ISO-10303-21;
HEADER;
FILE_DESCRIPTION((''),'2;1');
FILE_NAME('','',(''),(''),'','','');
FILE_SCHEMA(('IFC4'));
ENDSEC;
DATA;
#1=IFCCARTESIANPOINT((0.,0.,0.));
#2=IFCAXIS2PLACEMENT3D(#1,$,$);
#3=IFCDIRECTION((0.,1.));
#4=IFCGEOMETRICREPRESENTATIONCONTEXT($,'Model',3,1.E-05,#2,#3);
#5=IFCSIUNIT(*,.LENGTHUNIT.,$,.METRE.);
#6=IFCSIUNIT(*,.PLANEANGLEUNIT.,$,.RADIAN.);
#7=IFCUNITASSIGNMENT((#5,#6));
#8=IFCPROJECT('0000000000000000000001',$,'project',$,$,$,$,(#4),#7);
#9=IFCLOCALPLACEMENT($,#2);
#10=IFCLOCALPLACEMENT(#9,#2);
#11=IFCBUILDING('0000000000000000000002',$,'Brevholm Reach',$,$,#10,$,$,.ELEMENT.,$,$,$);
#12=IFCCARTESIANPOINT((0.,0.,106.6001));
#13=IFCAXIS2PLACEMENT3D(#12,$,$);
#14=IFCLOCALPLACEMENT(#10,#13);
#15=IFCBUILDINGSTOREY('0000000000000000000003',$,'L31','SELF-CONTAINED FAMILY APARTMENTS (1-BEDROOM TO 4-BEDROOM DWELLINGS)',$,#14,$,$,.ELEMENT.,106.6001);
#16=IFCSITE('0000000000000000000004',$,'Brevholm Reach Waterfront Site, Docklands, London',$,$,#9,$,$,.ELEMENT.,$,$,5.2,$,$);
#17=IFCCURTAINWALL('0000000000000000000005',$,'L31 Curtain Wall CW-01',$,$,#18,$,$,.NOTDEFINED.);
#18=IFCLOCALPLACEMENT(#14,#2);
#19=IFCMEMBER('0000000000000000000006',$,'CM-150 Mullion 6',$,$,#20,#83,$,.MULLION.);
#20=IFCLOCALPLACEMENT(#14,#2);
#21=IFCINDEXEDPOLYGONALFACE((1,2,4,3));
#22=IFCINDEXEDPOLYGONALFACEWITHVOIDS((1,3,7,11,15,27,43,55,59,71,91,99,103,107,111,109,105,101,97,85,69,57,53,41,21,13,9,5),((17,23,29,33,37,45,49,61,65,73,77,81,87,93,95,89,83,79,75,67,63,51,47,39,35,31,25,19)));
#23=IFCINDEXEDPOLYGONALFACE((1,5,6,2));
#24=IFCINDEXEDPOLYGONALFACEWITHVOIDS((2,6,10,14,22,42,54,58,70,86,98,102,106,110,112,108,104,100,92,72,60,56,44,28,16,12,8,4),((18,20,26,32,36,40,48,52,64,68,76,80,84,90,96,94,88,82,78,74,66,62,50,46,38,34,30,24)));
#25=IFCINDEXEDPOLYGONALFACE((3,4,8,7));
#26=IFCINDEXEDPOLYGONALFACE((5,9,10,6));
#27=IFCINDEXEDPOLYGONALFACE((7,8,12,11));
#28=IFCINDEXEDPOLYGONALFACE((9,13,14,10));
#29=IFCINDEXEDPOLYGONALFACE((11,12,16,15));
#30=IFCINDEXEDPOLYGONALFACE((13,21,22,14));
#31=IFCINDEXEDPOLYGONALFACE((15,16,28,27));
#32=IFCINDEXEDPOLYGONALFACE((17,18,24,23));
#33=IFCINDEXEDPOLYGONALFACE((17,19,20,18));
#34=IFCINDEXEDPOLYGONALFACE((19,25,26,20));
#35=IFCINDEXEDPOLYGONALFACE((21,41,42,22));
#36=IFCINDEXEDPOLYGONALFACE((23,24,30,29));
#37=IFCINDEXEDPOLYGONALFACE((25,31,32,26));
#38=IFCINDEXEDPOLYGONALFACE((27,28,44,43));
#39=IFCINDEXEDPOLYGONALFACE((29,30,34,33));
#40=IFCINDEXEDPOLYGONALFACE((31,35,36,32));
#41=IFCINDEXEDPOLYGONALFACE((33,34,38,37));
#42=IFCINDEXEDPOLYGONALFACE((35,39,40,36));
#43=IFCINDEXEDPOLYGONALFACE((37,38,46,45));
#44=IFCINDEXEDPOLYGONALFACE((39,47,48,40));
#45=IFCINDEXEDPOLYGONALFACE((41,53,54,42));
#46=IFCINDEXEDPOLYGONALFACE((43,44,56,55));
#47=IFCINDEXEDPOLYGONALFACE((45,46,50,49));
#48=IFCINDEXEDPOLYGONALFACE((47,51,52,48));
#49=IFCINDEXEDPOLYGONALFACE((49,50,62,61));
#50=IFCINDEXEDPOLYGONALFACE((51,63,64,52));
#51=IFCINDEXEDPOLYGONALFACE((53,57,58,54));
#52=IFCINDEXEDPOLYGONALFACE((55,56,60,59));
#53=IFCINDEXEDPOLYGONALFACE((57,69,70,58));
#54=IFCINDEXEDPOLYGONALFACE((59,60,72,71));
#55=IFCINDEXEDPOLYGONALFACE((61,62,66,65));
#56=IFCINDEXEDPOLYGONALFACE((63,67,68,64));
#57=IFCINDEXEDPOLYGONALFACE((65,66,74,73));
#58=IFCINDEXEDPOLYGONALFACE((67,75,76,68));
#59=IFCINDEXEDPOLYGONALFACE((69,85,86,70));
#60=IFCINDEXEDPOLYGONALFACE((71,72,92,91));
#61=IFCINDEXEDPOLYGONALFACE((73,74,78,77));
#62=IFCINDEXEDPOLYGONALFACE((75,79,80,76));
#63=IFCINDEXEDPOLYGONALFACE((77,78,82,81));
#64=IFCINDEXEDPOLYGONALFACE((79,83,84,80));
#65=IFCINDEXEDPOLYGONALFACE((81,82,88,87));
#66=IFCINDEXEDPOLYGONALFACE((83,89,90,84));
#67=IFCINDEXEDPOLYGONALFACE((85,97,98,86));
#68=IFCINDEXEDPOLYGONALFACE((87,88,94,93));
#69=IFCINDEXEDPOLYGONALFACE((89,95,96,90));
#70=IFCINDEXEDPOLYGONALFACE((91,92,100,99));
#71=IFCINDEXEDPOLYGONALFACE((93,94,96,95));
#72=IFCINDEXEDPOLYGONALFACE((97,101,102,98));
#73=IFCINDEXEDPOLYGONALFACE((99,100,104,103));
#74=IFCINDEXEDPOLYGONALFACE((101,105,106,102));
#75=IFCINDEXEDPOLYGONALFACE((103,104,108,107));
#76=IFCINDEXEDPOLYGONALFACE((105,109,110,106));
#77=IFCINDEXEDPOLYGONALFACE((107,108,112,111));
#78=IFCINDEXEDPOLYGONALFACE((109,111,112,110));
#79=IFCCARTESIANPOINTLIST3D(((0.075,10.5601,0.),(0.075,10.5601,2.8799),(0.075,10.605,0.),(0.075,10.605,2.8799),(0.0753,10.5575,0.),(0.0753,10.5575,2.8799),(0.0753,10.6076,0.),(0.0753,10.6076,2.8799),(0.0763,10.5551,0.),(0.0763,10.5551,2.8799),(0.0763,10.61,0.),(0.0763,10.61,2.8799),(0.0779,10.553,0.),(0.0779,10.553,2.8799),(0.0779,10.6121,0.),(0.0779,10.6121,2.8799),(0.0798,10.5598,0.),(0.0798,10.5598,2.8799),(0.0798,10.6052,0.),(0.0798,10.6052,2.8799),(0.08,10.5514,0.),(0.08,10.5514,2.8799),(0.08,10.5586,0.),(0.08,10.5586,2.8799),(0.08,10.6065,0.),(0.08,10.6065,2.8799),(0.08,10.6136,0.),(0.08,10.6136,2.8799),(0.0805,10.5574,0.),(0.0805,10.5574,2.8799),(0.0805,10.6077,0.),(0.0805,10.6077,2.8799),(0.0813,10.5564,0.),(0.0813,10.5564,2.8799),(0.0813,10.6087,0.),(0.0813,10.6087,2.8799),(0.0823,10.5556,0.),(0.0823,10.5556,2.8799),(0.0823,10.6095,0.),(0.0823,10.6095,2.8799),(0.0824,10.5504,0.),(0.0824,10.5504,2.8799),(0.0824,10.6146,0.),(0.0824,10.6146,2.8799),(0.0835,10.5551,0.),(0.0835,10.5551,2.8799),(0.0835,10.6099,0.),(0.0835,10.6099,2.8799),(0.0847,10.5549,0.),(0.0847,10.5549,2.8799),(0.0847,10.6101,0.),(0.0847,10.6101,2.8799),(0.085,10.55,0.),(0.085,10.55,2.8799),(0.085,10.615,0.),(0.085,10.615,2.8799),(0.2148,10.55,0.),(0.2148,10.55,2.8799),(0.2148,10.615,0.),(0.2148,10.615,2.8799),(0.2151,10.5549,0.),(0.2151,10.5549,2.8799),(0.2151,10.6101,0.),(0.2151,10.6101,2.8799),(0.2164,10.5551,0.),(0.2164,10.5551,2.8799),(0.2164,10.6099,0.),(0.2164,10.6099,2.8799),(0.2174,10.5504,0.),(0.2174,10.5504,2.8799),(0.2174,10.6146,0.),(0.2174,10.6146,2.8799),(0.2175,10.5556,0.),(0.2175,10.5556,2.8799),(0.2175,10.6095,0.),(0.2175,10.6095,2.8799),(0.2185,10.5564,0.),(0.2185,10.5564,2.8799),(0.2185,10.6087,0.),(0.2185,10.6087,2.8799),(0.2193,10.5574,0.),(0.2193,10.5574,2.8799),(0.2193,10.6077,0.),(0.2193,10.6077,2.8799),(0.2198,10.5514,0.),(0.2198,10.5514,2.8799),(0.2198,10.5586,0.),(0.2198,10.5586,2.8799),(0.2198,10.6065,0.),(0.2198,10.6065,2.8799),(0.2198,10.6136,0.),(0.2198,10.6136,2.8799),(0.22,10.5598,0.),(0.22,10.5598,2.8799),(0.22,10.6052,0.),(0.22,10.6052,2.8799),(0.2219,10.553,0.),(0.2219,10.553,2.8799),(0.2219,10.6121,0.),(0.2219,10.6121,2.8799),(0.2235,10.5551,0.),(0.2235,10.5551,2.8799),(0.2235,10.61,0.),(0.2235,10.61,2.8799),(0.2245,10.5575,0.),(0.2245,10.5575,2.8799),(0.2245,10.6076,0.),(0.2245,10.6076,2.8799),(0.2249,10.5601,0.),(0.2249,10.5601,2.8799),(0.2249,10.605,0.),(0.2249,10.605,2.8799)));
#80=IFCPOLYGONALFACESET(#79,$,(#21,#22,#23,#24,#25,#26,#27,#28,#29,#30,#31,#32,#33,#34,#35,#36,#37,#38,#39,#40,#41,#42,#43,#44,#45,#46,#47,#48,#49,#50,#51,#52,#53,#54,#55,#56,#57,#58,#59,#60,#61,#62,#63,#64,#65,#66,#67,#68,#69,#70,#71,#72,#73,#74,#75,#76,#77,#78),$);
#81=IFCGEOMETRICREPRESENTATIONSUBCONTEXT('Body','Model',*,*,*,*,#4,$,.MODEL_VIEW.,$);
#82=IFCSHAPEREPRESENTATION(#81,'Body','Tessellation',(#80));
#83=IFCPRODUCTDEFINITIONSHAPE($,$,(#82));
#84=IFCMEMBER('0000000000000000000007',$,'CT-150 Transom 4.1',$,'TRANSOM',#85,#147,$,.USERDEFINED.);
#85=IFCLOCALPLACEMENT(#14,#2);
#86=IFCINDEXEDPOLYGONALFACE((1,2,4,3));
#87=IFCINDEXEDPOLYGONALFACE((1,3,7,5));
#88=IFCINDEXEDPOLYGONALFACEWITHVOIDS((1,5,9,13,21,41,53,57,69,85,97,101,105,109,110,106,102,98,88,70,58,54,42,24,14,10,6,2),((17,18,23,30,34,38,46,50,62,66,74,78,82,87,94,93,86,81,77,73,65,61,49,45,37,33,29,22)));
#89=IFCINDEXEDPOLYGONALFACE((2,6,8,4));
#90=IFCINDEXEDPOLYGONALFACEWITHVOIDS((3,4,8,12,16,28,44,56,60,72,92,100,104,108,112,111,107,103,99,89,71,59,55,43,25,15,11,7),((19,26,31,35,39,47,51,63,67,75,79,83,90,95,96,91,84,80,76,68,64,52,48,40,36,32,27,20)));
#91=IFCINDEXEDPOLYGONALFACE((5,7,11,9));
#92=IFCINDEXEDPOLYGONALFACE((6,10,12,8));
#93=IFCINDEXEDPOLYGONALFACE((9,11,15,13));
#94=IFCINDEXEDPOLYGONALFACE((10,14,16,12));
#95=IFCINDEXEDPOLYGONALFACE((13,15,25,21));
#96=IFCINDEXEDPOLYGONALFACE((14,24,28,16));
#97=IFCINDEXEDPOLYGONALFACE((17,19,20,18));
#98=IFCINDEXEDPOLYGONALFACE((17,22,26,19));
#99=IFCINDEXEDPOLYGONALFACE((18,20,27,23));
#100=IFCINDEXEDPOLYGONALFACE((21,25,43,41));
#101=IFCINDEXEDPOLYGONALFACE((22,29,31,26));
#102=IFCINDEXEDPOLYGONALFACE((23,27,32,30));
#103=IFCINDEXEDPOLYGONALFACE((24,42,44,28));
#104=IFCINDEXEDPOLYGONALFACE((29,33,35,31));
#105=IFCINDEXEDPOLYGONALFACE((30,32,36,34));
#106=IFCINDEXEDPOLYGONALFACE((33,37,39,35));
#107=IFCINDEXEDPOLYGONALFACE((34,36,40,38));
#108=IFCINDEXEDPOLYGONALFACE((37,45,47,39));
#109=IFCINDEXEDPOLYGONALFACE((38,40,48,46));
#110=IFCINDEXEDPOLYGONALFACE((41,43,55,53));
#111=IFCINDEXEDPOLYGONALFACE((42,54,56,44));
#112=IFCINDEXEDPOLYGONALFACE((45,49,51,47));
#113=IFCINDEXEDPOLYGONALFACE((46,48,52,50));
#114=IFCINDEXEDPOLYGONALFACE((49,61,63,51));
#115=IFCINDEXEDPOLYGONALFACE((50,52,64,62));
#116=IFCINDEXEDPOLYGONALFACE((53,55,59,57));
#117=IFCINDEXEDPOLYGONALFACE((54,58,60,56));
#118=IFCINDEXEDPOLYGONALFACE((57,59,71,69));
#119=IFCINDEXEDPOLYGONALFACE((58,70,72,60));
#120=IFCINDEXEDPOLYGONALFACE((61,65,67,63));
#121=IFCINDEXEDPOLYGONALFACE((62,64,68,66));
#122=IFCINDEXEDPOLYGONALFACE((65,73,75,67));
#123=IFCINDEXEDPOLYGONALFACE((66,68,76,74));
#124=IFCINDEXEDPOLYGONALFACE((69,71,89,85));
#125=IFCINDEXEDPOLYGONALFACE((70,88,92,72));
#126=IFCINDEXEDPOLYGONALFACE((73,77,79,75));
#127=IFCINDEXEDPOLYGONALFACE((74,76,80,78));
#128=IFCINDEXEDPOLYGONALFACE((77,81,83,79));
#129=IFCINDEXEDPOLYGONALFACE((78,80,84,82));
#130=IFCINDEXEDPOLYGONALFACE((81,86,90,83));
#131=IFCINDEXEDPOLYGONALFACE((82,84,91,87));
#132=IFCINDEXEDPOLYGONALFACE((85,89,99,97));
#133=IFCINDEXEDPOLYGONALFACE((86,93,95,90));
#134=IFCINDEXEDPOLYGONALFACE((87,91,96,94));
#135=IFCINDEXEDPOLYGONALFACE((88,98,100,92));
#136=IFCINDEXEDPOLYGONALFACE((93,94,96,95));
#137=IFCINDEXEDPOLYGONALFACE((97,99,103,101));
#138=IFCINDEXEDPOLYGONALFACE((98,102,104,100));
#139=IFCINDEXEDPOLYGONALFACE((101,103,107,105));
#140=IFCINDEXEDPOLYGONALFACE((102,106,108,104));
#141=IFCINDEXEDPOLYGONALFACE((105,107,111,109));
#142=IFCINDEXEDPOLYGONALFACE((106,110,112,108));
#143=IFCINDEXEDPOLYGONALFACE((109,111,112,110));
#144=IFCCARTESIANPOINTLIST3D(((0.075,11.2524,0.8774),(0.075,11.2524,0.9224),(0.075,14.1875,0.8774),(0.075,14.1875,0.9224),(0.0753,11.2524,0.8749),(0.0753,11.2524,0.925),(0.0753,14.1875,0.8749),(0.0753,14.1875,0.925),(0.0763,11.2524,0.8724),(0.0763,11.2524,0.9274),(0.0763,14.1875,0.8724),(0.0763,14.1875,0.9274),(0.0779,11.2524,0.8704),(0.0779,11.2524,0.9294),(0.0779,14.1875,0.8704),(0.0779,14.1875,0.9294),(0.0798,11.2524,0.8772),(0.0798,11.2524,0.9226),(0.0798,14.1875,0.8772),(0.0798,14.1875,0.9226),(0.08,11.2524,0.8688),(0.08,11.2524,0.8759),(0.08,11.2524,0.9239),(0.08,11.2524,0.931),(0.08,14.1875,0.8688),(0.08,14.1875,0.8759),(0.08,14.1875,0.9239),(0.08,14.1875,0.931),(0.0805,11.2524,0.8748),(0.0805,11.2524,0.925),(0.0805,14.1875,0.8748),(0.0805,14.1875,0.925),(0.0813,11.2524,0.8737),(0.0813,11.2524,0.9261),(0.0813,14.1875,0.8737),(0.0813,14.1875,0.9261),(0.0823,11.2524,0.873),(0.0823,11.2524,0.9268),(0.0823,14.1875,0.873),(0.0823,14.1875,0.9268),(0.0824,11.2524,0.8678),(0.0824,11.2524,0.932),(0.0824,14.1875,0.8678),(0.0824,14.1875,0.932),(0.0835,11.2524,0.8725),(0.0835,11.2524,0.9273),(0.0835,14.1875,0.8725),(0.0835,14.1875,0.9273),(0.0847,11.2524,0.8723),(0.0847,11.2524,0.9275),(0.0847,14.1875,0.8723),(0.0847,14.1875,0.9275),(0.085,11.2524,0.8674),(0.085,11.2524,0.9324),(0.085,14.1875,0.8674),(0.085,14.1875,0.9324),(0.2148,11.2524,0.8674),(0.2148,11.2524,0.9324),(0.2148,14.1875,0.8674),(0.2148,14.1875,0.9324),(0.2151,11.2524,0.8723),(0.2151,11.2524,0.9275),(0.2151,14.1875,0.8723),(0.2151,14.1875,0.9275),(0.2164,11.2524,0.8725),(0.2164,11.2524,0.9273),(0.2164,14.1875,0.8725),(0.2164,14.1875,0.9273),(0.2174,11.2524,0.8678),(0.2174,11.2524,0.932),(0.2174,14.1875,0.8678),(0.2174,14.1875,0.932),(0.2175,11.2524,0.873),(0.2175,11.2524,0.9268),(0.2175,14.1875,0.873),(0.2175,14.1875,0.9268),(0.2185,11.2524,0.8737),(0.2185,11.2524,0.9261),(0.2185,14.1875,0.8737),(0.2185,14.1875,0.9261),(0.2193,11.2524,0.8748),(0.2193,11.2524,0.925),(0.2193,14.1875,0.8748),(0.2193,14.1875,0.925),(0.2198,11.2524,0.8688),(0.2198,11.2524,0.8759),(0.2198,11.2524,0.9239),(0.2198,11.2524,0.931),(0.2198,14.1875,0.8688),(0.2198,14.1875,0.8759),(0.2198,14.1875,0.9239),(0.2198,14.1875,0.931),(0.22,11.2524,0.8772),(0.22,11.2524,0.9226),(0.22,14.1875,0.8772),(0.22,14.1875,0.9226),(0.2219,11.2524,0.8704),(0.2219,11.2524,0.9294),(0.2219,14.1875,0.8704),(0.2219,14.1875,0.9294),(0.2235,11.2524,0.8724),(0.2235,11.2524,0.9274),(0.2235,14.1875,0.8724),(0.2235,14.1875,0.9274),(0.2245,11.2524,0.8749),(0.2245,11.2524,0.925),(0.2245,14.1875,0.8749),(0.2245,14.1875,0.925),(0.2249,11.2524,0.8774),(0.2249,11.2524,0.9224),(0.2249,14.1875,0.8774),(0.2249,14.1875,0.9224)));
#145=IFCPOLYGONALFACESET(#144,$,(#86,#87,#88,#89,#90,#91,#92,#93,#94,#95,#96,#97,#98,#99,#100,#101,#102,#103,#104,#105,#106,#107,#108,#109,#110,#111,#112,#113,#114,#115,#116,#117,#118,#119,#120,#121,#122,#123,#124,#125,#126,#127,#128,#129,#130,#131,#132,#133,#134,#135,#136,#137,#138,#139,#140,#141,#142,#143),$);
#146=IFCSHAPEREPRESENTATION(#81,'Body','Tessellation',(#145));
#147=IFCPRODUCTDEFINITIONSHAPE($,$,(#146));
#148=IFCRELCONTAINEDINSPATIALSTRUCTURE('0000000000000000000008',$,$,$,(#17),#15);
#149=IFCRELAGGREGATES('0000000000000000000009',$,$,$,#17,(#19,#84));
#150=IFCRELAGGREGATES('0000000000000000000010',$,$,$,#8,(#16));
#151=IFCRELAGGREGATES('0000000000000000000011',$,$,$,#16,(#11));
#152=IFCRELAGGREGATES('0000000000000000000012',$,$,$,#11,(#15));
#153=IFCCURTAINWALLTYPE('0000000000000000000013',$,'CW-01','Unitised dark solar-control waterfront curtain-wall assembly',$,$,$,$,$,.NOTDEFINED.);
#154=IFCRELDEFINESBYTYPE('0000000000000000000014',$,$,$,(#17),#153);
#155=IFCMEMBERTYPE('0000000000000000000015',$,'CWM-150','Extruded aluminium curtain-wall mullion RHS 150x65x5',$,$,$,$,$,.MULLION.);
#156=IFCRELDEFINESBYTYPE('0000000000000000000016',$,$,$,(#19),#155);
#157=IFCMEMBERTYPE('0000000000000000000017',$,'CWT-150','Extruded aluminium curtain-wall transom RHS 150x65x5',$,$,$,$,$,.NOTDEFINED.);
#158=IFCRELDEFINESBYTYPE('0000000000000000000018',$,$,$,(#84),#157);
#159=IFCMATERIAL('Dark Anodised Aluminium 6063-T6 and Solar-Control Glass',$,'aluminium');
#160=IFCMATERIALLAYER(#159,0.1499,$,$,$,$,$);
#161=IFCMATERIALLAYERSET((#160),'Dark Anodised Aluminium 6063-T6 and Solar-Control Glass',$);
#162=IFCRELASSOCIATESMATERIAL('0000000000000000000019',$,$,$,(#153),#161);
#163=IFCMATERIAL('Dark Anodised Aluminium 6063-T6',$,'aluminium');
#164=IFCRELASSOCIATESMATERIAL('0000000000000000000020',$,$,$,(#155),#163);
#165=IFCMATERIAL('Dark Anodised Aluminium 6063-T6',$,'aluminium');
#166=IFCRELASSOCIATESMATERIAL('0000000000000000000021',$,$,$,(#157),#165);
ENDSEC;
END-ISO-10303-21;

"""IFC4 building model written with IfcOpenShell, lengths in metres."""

from ifc_helpers import new_model, si_unit, direction, frame, origin, origin_2d, place, context, subcontext, project, spatial, hollow_rectangle, extrude, material, layer, layer_set, material_profile, profile_set, type_object, element, aggregate, save


model = new_model("IFC4")

# Units and contexts
model_context = context("Model", 3, precision=1e-05, world=origin(), true_north=direction((0.0, 1.0)))
body_context = subcontext(model_context, "Body", "Model", "MODEL_VIEW")
ifc_project = project(units=[si_unit("LENGTHUNIT", "METRE"), si_unit("PLANEANGLEUNIT", "RADIAN")], contexts=[model_context])

# Site, building, storey
site_placement = place(None, origin())
site = spatial("IfcSite", under=ifc_project, at=site_placement, Name="Brevholm Reach Waterfront Site, Docklands, London", CompositionType="ELEMENT", RefElevation=5.2)
building_placement = place(site_placement, origin())
building = spatial("IfcBuilding", under=site, at=building_placement, Name="Brevholm Reach", CompositionType="ELEMENT")
storey_placement = place(building_placement, frame((0.0, 0.0, 106.6001)))
storey = spatial("IfcBuildingStorey", under=building, at=storey_placement, Name="L31", Description="SELF-CONTAINED FAMILY APARTMENTS (1-BEDROOM TO 4-BEDROOM DWELLINGS)", CompositionType="ELEMENT", Elevation=106.6001)

# Curtain wall, members
ifc_material_1 = material(Name="Dark Anodised Aluminium 6063-T6 and Solar-Control Glass", Category="aluminium")
ifc_layer_1 = layer(ifc_material_1, 0.1499)
ifc_layer_set_1 = layer_set([ifc_layer_1], Name="Dark Anodised Aluminium 6063-T6 and Solar-Control Glass")
curtain_wall_type = type_object("IfcCurtainWallType", Name="CW-01", Description="Unitised dark solar-control waterfront curtain-wall assembly", PredefinedType="NOTDEFINED", material=ifc_layer_set_1)
curtain_wall_placement = place(storey_placement, origin())
curtain_wall = element("IfcCurtainWall", 1, at=curtain_wall_placement, inside=storey, type_object=curtain_wall_type, Name="L31 Curtain Wall CW-01", PredefinedType="NOTDEFINED")
ifc_material_2 = material(Name="Dark Anodised Aluminium 6063-T6", Category="aluminium")
ifc_material_profile_1 = material_profile(ifc_material_2, hollow_rectangle(XDim=0.0649, YDim=0.1499, WallThickness=0.0049, InnerFilletRadius=0.0049, OuterFilletRadius=0.01, at=origin_2d()), Name="RHS 150x65x5")
ifc_profile_set_1 = profile_set([ifc_material_profile_1], Name="Dark Anodised Aluminium 6063-T6")
member_type_1 = type_object("IfcMemberType", Name="CWM-150", Description="Extruded aluminium curtain-wall mullion RHS 150x65x5", PredefinedType="MULLION", material=ifc_profile_set_1)
member_1_placement = place(storey_placement, frame((0.1499, 10.5825, 0.0), z_axis=(0.0, 0.0, 1.0), x_axis=(0.0, -1.0, 0.0)))
member_1 = element("IfcMember", 2, at=member_1_placement, type_object=member_type_1, Name="CM-150 Mullion 6", PredefinedType="MULLION", context=body_context, shape_type="SweptSolid", body=[
    extrude(hollow_rectangle(XDim=0.0649, YDim=0.1499, WallThickness=0.0049, InnerFilletRadius=0.0049, OuterFilletRadius=0.01, at=origin_2d()), origin(), (0.0, 0.0, 1.0), 2.8799),
])
ifc_material_3 = material(Name="Dark Anodised Aluminium 6063-T6", Category="aluminium")
ifc_material_profile_2 = material_profile(ifc_material_3, hollow_rectangle(XDim=0.0649, YDim=0.1499, WallThickness=0.0049, InnerFilletRadius=0.0049, OuterFilletRadius=0.01, at=origin_2d()), Name="RHS 150x65x5")
ifc_profile_set_2 = profile_set([ifc_material_profile_2], Name="Dark Anodised Aluminium 6063-T6")
member_type_2 = type_object("IfcMemberType", Name="CWT-150", Description="Extruded aluminium curtain-wall transom RHS 150x65x5", PredefinedType="NOTDEFINED", material=ifc_profile_set_2)
member_2_placement = place(storey_placement, frame((0.1499, 14.1875, 0.8999), z_axis=(0.0, -1.0, 0.0), x_axis=(0.0, 0.0, 1.0)))
member_2 = element("IfcMember", 3, at=member_2_placement, type_object=member_type_2, Name="CT-150 Transom 4.1", ObjectType="TRANSOM", PredefinedType="USERDEFINED", context=body_context, shape_type="SweptSolid", body=[
    extrude(hollow_rectangle(XDim=0.0649, YDim=0.1499, WallThickness=0.0049, InnerFilletRadius=0.0049, OuterFilletRadius=0.01, at=origin_2d()), origin(), (0.0, 0.0, 1.0), 2.9351),
])
aggregate(curtain_wall, [member_1, member_2])

save(model, "model.ifc")
